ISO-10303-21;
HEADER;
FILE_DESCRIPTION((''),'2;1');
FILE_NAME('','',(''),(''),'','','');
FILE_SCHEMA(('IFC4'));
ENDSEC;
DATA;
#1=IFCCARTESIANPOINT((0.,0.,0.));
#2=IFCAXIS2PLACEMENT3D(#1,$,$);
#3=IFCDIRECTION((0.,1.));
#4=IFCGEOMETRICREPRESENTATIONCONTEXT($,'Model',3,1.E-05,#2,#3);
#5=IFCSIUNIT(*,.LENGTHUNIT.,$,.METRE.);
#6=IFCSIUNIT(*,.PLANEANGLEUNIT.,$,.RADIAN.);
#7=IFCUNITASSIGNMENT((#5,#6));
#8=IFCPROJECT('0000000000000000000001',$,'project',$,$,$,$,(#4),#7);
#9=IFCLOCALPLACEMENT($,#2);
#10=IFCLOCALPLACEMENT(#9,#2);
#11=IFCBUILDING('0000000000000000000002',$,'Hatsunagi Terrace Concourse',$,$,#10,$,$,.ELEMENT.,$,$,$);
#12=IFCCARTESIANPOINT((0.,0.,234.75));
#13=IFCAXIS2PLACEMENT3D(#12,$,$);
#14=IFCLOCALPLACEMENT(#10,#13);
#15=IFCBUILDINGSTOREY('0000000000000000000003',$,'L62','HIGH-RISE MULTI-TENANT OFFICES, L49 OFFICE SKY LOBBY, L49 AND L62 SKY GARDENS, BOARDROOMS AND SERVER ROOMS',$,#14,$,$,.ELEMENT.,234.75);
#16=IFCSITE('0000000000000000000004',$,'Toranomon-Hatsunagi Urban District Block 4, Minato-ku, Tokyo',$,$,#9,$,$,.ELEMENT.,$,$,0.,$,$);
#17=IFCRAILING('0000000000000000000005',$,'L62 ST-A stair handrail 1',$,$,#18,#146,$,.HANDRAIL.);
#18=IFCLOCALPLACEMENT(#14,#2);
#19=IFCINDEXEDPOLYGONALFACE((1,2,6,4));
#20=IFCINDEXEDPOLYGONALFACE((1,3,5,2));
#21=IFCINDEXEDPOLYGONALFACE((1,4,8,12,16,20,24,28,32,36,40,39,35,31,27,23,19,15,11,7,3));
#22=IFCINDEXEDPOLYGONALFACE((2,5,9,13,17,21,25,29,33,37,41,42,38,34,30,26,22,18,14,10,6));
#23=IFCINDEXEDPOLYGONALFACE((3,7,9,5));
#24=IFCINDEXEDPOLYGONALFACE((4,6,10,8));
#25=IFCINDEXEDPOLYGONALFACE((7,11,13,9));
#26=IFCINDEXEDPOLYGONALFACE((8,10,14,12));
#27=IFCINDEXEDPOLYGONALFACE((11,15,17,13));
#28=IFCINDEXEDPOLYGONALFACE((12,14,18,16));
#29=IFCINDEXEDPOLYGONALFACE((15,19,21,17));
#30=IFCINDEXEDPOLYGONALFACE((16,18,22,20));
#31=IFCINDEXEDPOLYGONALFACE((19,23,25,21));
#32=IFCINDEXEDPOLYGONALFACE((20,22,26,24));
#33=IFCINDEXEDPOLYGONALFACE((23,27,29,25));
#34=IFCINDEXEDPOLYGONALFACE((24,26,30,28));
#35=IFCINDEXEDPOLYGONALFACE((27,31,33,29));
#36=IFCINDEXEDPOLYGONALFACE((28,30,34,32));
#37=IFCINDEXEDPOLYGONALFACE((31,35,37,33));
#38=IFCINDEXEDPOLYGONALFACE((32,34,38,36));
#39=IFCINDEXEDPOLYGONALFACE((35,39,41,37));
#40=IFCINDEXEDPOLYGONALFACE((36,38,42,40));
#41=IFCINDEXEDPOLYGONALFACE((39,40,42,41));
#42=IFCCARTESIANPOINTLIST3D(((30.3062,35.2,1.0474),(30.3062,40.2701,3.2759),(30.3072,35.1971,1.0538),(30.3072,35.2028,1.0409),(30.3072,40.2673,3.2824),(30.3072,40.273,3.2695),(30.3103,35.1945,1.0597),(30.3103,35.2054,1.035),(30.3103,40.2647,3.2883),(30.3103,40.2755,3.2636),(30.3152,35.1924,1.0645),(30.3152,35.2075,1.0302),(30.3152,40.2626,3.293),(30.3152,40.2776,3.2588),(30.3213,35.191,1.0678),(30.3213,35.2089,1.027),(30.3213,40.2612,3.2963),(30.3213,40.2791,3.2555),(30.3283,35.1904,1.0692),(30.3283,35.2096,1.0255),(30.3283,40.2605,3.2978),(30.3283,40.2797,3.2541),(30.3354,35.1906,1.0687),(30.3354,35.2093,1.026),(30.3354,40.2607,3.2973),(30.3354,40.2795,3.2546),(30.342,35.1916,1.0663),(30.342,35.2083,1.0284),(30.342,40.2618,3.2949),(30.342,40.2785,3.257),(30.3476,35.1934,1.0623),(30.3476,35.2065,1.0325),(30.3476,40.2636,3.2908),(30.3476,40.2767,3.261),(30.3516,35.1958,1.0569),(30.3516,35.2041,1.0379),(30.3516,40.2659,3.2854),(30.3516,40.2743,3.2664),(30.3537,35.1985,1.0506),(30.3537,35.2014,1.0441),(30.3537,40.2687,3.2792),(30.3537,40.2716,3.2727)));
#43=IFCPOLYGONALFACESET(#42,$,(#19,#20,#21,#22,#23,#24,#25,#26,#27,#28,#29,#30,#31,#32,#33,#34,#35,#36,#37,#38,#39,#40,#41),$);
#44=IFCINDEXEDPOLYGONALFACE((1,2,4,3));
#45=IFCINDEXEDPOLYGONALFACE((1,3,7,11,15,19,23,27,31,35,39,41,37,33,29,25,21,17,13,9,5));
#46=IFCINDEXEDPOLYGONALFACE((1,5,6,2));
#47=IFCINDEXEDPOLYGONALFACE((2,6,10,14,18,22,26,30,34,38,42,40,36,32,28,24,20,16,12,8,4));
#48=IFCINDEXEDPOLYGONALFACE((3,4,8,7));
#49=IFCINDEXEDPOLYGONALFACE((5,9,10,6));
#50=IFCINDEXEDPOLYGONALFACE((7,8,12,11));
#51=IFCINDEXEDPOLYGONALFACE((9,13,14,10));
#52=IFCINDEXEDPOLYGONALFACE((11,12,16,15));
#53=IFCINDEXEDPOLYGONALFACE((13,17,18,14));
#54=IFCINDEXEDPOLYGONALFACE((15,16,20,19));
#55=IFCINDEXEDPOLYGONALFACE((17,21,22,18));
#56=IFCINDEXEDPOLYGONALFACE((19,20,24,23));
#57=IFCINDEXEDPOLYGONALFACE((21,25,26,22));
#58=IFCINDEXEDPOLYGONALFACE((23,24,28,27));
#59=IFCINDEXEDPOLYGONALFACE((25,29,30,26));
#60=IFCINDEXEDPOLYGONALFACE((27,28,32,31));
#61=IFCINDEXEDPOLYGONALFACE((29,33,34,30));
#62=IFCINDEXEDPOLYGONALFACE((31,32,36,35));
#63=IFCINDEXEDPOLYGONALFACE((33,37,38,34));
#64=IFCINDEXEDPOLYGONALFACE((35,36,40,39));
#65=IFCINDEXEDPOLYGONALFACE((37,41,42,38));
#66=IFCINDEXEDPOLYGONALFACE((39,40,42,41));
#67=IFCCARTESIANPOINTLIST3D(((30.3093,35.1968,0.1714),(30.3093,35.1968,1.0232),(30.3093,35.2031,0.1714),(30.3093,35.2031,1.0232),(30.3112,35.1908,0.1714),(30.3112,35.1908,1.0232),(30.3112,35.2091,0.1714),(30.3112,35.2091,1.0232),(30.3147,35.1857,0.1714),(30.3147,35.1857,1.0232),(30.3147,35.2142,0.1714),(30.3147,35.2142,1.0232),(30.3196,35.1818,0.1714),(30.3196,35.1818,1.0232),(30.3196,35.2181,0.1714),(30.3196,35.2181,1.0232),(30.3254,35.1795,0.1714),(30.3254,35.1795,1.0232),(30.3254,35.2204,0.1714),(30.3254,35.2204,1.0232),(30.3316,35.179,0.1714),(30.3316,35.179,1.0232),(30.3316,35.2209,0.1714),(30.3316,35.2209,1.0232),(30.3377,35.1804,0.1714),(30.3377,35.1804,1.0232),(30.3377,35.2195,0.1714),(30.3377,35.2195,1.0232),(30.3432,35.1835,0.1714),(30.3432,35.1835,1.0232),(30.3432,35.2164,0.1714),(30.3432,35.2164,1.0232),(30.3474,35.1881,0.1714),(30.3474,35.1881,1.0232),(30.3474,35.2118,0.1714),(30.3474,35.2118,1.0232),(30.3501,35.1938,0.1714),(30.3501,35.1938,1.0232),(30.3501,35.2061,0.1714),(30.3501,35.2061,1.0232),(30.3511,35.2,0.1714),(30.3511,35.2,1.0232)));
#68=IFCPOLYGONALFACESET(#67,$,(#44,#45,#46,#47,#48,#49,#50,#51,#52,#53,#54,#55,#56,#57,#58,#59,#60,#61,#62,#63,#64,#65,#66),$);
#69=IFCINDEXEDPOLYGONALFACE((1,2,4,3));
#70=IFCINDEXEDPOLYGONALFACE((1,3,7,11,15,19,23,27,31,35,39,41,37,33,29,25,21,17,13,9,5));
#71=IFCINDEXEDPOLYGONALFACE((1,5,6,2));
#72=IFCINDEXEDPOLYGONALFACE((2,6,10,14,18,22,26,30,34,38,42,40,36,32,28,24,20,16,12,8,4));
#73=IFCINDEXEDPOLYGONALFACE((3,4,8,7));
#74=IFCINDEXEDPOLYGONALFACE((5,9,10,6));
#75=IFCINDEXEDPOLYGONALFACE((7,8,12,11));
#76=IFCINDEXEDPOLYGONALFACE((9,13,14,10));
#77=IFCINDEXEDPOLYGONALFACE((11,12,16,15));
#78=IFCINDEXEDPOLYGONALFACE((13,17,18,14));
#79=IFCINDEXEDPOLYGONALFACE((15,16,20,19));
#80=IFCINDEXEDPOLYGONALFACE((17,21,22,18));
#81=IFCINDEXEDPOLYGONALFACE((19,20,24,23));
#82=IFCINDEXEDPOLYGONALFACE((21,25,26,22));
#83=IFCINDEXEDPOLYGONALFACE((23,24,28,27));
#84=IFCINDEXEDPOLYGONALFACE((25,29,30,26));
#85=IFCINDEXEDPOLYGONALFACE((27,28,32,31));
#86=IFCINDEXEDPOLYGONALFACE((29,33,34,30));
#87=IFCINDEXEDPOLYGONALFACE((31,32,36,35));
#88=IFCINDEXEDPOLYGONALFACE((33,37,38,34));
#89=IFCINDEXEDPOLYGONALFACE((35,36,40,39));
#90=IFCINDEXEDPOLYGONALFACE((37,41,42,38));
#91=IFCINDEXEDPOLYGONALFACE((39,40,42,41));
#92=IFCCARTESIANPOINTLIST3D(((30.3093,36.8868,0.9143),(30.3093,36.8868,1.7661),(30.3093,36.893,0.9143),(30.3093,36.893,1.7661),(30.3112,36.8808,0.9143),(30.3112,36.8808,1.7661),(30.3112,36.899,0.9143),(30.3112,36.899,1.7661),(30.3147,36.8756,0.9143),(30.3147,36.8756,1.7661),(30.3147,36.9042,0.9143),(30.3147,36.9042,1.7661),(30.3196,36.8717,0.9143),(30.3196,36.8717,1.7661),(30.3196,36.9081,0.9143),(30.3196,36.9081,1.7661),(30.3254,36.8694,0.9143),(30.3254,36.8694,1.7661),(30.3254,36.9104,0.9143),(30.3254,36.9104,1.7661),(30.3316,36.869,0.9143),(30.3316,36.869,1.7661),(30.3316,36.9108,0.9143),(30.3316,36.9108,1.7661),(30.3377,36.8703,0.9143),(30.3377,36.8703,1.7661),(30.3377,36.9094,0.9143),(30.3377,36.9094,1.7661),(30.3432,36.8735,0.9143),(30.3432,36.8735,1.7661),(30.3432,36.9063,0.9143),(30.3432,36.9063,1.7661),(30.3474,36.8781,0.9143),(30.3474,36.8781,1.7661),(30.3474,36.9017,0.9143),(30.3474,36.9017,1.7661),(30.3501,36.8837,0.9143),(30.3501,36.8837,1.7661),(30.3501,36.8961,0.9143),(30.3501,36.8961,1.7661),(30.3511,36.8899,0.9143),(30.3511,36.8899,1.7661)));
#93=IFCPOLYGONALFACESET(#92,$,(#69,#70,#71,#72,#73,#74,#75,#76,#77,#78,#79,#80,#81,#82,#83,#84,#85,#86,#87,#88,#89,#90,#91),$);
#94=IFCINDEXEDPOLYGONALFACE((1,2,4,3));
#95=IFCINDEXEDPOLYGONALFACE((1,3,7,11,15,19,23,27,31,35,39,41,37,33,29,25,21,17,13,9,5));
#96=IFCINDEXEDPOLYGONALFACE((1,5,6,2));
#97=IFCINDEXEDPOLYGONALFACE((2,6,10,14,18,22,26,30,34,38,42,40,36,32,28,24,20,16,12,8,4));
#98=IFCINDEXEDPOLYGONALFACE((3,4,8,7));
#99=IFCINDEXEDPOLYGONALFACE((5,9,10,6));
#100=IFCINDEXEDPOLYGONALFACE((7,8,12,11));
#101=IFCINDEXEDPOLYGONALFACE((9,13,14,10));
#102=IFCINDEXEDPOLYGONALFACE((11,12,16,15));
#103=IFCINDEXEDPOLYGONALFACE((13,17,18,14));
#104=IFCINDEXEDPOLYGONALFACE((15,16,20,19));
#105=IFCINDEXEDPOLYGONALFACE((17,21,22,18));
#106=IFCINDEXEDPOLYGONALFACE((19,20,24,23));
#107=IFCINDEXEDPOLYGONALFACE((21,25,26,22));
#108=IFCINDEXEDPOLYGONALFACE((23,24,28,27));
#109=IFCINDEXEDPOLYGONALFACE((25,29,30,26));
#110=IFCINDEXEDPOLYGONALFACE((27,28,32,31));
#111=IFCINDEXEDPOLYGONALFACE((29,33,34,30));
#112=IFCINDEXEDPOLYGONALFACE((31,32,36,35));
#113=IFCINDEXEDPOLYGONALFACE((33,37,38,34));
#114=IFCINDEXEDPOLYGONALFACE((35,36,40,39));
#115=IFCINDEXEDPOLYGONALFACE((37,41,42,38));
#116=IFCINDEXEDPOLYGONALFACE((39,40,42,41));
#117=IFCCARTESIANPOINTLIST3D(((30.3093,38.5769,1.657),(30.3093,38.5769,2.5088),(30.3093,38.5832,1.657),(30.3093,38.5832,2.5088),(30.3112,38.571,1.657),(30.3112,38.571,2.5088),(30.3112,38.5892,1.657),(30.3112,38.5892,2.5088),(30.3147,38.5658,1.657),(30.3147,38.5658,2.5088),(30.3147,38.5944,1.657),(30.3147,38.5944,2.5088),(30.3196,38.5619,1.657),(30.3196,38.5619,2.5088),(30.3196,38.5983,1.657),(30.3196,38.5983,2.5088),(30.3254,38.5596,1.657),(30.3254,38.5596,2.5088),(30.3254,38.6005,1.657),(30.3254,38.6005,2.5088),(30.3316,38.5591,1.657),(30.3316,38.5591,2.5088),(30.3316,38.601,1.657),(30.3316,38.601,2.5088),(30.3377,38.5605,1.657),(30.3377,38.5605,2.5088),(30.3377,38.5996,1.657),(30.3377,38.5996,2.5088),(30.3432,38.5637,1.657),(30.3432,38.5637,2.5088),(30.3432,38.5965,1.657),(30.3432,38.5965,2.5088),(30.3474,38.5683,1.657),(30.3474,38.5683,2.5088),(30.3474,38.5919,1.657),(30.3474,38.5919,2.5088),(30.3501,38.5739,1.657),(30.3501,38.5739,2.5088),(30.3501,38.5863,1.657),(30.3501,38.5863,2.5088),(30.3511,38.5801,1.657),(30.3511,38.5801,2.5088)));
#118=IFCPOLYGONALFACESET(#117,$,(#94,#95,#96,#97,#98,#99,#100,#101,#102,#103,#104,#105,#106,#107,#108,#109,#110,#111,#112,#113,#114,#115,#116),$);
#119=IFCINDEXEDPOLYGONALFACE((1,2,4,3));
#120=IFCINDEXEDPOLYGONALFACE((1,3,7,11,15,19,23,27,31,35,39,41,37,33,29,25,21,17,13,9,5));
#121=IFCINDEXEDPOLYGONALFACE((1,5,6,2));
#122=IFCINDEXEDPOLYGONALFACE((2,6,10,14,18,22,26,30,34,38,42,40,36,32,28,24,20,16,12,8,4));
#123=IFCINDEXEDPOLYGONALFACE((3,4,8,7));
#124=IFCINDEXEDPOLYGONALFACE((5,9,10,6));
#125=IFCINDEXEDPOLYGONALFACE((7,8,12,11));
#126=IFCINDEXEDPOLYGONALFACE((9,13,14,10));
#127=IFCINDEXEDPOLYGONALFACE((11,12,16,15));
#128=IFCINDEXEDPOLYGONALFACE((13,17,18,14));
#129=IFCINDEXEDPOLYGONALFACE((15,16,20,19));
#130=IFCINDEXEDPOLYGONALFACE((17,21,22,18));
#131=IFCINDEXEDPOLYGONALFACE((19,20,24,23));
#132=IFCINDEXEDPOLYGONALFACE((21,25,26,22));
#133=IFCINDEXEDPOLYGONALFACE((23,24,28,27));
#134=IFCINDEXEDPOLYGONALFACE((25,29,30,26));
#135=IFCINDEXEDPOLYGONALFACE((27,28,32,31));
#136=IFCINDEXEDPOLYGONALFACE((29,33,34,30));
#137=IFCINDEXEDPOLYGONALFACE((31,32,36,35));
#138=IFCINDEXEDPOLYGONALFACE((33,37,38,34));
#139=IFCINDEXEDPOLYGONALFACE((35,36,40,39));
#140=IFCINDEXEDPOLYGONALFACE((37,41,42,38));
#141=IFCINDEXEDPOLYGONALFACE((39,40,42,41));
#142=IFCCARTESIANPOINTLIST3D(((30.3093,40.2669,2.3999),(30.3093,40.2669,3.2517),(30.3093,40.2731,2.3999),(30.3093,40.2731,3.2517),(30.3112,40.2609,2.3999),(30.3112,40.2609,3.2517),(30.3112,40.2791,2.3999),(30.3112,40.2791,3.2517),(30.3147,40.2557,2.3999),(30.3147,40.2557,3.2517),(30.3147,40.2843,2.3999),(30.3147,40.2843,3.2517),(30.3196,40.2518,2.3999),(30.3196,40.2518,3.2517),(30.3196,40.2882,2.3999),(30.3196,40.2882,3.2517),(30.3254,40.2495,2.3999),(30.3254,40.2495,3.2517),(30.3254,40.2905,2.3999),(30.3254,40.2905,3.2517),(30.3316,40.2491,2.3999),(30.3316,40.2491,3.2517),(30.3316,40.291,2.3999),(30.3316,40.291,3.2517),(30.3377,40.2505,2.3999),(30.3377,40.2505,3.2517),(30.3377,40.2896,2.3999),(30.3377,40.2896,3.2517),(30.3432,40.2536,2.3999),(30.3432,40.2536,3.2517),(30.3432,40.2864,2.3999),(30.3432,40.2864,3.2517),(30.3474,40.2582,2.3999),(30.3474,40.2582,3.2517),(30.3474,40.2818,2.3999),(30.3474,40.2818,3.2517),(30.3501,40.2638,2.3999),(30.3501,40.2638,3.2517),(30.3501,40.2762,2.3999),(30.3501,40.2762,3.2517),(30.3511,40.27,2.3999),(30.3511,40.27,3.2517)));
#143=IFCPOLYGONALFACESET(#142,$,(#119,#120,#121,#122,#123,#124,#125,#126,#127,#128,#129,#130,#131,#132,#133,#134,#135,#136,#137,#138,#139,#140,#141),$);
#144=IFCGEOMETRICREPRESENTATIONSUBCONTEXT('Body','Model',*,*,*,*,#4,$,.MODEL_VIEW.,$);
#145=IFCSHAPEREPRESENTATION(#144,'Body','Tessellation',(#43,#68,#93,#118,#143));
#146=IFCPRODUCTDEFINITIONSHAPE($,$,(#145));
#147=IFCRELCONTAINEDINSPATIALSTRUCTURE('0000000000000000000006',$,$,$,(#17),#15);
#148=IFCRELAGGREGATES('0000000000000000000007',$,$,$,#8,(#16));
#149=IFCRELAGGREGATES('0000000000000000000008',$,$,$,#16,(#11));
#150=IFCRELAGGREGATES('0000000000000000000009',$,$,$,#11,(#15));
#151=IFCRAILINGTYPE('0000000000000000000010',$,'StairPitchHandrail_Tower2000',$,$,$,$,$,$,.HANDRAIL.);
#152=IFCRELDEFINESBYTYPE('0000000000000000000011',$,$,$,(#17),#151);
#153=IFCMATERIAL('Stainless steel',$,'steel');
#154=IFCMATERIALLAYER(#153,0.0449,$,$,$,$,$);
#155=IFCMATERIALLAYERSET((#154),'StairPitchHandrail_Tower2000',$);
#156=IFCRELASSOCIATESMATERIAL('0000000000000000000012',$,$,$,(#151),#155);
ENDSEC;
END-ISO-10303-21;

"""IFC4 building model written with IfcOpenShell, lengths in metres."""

from ifc_helpers import new_model, si_unit, direction, frame, origin, origin_2d, place, context, subcontext, project, spatial, circle, extrude, material, layer, layer_set, type_object, element, save


model = new_model("IFC4")

# Units and contexts
model_context = context("Model", 3, precision=1e-05, world=origin(), true_north=direction((0.0, 1.0)))
body_context = subcontext(model_context, "Body", "Model", "MODEL_VIEW")
ifc_project = project(units=[si_unit("LENGTHUNIT", "METRE"), si_unit("PLANEANGLEUNIT", "RADIAN")], contexts=[model_context])

# Site, building, storey
site_placement = place(None, origin())
site = spatial("IfcSite", under=ifc_project, at=site_placement, Name="Toranomon-Hatsunagi Urban District Block 4, Minato-ku, Tokyo", CompositionType="ELEMENT", RefElevation=0.0)
building_placement = place(site_placement, origin())
building = spatial("IfcBuilding", under=site, at=building_placement, Name="Hatsunagi Terrace Concourse", CompositionType="ELEMENT")
storey_placement = place(building_placement, frame((0.0, 0.0, 234.75)))
storey = spatial("IfcBuildingStorey", under=building, at=storey_placement, Name="L62", Description="HIGH-RISE MULTI-TENANT OFFICES, L49 OFFICE SKY LOBBY, L49 AND L62 SKY GARDENS, BOARDROOMS AND SERVER ROOMS", CompositionType="ELEMENT", Elevation=234.75)

# Railing
ifc_material_1 = material(Name="Stainless steel", Category="steel")
ifc_layer_1 = layer(ifc_material_1, 0.0449)
ifc_layer_set_1 = layer_set([ifc_layer_1], Name="StairPitchHandrail_Tower2000")
railing_type_1 = type_object("IfcRailingType", Name="StairPitchHandrail_Tower2000", PredefinedType="HANDRAIL", material=ifc_layer_set_1)
railing_1_placement = place(storey_placement, frame((30.3301, 35.2, 0.1714)))
element("IfcRailing", 1, at=railing_1_placement, inside=storey, type_object=railing_type_1, Name="L62 ST-A stair handrail 1", PredefinedType="HANDRAIL", context=body_context, shape_type="SweptSolid", body=[
    extrude(circle(Radius=0.0239, at=origin_2d()), frame((0.0, 0.0, 0.876), z_axis=(0.0, 0.915469, 0.402388), x_axis=(-1.0, 0.0, 0.0)), (0.0, 0.0, 1.0), 5.5383),
    extrude(circle(Radius=0.021, at=origin_2d()), origin(), (0.0, 0.0, 1.0), 0.8518),
    extrude(circle(Radius=0.021, at=origin_2d()), frame((0.0, 1.6899, 0.7429)), (0.0, 0.0, 1.0), 0.8518),
    extrude(circle(Radius=0.021, at=origin_2d()), frame((0.0, 3.3801, 1.4856)), (0.0, 0.0, 1.0), 0.8518),
    extrude(circle(Radius=0.021, at=origin_2d()), frame((0.0, 5.0701, 2.2285)), (0.0, 0.0, 1.0), 0.8518),
])

save(model, "model.ifc")
